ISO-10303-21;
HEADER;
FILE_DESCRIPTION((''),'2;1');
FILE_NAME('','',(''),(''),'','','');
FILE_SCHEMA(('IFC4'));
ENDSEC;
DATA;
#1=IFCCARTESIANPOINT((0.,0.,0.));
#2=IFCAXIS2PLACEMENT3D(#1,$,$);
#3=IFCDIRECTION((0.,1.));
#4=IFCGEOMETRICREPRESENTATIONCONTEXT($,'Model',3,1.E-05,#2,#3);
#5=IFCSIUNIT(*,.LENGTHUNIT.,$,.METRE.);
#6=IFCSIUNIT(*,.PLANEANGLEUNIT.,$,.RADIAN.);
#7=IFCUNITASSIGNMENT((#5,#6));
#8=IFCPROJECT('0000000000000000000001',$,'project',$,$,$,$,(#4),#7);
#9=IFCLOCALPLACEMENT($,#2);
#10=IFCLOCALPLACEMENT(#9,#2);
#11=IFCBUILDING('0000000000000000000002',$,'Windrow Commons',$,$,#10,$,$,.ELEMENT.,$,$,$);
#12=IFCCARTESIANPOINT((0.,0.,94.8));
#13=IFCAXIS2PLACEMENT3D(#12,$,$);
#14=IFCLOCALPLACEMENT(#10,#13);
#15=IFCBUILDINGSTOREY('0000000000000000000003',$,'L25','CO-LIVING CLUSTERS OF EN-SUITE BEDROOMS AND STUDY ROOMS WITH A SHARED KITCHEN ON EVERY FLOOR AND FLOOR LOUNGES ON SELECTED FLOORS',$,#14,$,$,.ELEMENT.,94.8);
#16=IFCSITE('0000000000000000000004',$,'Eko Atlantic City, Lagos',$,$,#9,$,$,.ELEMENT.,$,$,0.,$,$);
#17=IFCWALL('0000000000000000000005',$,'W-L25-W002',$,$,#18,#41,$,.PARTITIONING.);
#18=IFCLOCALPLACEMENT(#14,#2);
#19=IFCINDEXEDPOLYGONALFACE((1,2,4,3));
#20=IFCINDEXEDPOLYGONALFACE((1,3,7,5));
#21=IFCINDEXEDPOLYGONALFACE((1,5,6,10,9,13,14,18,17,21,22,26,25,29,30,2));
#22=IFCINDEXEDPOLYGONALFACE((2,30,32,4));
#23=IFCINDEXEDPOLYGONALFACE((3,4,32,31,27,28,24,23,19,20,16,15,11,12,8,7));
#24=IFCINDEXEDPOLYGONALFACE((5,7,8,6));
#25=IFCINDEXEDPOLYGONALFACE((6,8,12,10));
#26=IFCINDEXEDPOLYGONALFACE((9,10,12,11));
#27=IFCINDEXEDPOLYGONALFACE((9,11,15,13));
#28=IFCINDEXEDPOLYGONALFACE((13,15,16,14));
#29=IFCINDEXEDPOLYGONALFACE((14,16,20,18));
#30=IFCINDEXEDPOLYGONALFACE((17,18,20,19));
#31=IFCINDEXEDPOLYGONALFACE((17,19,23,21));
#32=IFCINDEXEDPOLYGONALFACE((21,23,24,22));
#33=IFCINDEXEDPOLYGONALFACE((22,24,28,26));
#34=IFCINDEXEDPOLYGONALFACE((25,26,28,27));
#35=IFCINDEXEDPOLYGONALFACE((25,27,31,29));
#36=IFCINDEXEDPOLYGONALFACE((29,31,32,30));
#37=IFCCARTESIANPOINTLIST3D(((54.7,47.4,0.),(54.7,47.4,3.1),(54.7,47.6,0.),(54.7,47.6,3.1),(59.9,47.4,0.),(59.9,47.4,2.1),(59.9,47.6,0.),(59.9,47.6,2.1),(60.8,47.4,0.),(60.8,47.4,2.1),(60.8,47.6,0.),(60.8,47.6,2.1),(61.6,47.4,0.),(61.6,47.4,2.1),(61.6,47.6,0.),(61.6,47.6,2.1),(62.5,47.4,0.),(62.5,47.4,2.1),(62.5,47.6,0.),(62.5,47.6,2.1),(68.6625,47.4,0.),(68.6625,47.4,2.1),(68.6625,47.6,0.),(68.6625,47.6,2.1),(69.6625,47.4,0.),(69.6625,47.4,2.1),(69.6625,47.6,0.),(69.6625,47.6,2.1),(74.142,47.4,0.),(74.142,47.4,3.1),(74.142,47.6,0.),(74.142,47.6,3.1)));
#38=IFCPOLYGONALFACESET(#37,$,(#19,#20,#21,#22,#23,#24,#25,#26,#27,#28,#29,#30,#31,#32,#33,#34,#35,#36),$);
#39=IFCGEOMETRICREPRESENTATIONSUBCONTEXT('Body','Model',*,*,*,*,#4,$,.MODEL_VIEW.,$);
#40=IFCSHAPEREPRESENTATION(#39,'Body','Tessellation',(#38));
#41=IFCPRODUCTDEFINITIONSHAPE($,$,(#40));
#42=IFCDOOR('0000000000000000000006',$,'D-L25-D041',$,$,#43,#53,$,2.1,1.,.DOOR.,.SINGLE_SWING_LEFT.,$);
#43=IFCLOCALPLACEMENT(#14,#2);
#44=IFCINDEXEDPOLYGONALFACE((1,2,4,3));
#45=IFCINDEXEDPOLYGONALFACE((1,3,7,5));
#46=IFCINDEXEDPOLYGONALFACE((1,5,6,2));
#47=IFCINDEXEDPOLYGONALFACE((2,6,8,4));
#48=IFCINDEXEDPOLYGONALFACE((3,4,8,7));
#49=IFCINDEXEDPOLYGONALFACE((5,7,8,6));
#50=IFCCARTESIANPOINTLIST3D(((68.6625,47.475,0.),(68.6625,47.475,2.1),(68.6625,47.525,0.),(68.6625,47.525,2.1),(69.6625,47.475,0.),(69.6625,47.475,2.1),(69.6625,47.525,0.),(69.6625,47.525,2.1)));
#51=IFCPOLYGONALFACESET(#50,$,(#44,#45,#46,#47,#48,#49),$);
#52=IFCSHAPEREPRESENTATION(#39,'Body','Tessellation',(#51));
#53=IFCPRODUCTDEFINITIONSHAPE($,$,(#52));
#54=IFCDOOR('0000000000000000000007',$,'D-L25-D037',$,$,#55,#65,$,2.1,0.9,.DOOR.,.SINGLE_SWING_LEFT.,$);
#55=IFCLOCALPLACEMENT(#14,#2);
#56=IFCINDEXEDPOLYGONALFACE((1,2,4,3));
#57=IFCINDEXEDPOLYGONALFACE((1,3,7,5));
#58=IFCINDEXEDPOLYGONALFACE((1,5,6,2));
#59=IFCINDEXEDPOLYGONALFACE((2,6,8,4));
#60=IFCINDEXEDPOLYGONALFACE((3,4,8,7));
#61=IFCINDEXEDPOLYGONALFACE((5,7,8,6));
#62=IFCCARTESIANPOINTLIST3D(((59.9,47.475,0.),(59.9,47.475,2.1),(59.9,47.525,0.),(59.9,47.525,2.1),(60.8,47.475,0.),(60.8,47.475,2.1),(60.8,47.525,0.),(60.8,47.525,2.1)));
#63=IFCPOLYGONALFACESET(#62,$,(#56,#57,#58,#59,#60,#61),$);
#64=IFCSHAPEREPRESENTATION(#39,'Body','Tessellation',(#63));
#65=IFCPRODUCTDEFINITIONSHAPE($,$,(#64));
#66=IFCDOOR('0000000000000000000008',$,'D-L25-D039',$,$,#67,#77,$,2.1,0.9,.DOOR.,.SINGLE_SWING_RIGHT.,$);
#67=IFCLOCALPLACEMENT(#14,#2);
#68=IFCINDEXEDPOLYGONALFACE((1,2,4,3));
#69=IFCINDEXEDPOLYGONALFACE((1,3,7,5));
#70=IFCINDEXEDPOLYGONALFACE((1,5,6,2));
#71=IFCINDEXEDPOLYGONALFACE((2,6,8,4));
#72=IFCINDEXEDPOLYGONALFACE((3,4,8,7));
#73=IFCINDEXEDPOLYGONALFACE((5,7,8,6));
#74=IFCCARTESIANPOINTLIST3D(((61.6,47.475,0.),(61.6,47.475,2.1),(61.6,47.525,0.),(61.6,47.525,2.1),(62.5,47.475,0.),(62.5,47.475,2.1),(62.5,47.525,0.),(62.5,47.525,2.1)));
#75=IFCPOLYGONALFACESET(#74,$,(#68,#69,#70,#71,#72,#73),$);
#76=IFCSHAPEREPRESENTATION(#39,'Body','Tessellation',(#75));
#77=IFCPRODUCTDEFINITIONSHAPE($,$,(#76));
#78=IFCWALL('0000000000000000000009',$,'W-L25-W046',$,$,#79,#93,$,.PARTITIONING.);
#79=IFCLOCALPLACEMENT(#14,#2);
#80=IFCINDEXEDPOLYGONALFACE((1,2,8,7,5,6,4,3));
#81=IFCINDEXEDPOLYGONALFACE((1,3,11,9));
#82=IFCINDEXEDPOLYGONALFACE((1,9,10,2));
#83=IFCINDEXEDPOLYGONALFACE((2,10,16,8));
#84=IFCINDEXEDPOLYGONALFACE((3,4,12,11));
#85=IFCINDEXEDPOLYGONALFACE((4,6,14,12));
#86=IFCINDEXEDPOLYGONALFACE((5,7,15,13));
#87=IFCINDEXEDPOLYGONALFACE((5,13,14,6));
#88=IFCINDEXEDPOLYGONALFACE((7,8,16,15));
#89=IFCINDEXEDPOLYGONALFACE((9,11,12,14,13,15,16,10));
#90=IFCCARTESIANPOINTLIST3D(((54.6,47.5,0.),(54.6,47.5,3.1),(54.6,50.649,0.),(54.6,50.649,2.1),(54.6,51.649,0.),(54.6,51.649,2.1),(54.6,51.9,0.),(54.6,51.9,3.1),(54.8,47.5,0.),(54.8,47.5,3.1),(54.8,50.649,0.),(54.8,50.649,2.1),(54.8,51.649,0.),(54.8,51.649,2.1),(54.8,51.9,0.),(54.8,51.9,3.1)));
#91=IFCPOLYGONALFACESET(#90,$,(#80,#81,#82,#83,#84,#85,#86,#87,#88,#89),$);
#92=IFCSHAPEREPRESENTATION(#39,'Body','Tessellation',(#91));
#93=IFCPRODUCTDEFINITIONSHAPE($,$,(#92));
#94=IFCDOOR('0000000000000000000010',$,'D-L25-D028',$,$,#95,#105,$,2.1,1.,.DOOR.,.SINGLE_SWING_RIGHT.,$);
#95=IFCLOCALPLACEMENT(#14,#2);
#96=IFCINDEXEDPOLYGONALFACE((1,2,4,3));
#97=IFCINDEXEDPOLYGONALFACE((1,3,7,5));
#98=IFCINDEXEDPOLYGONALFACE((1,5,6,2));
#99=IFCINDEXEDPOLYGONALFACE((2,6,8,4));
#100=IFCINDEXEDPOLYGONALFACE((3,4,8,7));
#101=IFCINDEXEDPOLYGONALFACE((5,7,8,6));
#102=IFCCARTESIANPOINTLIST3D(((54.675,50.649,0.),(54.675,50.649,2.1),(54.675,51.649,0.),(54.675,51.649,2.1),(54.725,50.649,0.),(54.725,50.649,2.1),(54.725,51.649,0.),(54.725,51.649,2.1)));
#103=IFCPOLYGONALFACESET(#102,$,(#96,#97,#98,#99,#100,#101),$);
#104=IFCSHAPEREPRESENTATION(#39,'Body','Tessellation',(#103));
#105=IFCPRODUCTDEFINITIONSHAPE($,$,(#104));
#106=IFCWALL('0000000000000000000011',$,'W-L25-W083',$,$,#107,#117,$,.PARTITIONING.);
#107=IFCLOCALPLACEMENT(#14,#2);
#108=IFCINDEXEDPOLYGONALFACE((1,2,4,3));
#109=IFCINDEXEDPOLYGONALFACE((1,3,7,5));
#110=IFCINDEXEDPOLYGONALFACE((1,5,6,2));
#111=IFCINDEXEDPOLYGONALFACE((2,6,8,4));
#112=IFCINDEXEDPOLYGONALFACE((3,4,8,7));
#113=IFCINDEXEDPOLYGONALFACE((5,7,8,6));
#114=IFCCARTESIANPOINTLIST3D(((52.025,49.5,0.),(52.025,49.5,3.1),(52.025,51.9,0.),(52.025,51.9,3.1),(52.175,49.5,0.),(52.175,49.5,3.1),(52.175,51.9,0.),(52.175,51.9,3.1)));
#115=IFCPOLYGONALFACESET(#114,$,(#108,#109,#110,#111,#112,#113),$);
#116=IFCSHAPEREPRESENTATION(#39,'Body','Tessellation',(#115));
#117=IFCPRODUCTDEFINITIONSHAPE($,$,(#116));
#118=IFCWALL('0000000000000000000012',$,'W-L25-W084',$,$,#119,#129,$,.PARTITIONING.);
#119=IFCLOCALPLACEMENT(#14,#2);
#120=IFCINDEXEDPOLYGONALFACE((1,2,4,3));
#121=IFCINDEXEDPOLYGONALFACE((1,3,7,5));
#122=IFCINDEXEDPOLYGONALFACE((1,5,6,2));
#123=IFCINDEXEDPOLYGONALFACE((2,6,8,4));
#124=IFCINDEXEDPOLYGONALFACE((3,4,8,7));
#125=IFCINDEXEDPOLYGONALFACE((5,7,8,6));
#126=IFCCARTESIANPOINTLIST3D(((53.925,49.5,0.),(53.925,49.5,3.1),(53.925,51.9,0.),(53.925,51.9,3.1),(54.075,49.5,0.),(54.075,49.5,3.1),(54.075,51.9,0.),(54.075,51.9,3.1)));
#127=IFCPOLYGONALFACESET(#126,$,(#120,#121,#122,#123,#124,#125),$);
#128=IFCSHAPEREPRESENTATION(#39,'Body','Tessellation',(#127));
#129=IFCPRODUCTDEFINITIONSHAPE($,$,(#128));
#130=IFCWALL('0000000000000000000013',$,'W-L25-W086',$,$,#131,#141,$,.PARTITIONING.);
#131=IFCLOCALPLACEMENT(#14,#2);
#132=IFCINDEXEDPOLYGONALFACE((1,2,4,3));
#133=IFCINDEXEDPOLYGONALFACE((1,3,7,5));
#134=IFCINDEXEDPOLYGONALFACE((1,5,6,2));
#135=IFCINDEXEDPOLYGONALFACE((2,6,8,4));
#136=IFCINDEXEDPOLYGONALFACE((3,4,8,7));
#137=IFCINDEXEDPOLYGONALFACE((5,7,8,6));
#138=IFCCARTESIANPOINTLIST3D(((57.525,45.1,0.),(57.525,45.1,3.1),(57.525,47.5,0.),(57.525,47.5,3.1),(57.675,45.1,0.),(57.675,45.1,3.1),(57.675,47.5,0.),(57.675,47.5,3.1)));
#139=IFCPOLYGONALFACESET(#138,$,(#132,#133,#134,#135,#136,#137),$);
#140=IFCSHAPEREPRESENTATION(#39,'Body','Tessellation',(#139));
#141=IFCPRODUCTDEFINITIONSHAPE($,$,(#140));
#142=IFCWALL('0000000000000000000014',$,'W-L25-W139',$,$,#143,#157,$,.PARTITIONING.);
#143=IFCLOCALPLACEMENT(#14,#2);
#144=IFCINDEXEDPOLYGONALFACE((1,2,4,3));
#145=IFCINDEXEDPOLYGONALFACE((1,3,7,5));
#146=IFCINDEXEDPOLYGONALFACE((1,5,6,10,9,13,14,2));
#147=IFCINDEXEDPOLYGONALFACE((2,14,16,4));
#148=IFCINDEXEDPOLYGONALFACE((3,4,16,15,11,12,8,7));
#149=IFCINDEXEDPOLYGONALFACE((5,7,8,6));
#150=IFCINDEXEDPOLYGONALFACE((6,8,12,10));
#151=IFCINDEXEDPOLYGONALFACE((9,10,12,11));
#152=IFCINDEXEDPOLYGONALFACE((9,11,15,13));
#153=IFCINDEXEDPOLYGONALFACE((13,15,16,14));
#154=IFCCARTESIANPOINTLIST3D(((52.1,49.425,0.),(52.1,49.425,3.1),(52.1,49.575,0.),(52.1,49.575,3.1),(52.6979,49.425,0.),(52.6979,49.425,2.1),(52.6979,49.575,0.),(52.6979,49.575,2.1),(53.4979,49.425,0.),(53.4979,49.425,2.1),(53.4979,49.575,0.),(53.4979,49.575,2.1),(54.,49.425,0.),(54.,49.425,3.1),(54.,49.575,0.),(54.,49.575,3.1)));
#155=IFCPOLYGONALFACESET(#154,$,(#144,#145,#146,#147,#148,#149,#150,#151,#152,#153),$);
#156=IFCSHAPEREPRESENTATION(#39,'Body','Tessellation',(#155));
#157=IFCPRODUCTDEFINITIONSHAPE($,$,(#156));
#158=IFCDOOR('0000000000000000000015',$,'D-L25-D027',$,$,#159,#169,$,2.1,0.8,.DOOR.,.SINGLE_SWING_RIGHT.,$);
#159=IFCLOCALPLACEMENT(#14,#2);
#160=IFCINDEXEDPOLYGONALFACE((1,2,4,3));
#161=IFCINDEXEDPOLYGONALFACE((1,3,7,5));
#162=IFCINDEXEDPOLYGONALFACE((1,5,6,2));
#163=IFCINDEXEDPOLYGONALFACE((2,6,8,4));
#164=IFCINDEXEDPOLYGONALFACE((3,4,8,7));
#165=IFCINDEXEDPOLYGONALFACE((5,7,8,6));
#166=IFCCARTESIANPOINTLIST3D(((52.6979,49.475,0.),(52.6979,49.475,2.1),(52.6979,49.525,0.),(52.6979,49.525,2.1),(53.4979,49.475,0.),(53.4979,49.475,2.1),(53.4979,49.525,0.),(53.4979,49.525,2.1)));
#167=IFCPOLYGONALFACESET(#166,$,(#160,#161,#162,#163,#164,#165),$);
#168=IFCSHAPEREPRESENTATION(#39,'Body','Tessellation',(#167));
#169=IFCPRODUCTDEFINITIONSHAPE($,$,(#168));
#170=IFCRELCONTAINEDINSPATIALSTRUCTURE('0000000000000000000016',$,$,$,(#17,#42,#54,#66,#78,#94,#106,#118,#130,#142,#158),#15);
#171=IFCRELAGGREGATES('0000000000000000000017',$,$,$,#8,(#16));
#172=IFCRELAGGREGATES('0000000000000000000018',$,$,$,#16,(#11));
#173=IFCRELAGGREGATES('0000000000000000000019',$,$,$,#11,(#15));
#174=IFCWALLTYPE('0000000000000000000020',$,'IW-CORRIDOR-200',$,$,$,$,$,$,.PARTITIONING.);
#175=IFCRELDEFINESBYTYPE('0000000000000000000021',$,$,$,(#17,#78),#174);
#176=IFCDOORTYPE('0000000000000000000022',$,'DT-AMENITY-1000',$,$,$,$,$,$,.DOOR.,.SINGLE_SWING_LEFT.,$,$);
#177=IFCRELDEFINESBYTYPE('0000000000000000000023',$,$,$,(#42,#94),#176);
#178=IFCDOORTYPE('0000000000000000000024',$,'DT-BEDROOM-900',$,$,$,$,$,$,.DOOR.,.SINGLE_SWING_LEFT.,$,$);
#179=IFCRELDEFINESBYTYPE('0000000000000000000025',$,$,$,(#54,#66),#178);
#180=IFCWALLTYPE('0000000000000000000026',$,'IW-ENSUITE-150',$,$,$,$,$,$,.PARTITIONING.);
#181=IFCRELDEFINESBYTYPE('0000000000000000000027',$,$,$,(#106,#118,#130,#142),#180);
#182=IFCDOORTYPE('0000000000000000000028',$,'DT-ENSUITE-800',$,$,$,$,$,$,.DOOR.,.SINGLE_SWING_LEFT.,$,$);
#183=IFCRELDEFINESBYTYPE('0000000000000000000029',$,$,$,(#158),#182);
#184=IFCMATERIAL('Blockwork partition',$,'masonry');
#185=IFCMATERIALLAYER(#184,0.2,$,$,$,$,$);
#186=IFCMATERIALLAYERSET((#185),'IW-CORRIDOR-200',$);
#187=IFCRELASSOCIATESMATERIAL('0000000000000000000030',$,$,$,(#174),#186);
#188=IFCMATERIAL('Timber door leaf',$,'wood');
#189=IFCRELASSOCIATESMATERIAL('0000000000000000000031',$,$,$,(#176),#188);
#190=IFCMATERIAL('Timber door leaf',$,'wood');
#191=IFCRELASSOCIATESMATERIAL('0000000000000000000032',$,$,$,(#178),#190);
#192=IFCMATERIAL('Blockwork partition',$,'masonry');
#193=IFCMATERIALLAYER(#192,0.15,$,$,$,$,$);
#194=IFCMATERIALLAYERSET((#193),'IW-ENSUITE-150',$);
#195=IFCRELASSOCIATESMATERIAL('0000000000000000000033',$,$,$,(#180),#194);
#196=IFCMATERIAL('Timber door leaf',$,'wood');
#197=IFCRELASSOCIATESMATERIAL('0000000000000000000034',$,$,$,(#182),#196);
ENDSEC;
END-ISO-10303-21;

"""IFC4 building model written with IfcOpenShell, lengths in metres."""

from ifc_helpers import new_model, si_unit, direction, frame, frame_2d, origin, place, context, subcontext, project, spatial, rectangle, extrude, material, layer, layer_set, type_object, element, fill, save


model = new_model("IFC4")

# Units and contexts
model_context = context("Model", 3, precision=1e-05, world=origin(), true_north=direction((0.0, 1.0)))
body_context = subcontext(model_context, "Body", "Model", "MODEL_VIEW")
ifc_project = project(units=[si_unit("LENGTHUNIT", "METRE"), si_unit("PLANEANGLEUNIT", "RADIAN")], contexts=[model_context])

# Site, building, storey
site_placement = place(None, origin())
site = spatial("IfcSite", under=ifc_project, at=site_placement, Name="Eko Atlantic City, Lagos", CompositionType="ELEMENT", RefElevation=0.0)
building_placement = place(site_placement, origin())
building = spatial("IfcBuilding", under=site, at=building_placement, Name="Windrow Commons", CompositionType="ELEMENT")
storey_placement = place(building_placement, frame((0.0, 0.0, 94.8)))
storey = spatial("IfcBuildingStorey", under=building, at=storey_placement, Name="L25", Description="CO-LIVING CLUSTERS OF EN-SUITE BEDROOMS AND STUDY ROOMS WITH A SHARED KITCHEN ON EVERY FLOOR AND FLOOR LOUNGES ON SELECTED FLOORS", CompositionType="ELEMENT", Elevation=94.8)

# Wall, openings, doors
ifc_material_1 = material(Name="Blockwork partition", Category="masonry")
ifc_layer_1 = layer(ifc_material_1, 0.2)
ifc_layer_set_1 = layer_set([ifc_layer_1], Name="IW-CORRIDOR-200")
wall_type_1 = type_object("IfcWallType", Name="IW-CORRIDOR-200", PredefinedType="PARTITIONING", material=ifc_layer_set_1)
wall_1_placement = place(storey_placement, frame((54.7, 47.5, 0.0), z_axis=(0.0, 0.0, 1.0), x_axis=(1.0, 0.0, 0.0)))
wall_1 = element("IfcWall", 1, at=wall_1_placement, inside=storey, type_object=wall_type_1, Name="W-L25-W002", PredefinedType="PARTITIONING", context=body_context, shape_type="SweptSolid", body=[
    extrude(rectangle(XDim=19.442, YDim=0.2, at=frame_2d((9.721, 0.0))), origin(), (0.0, 0.0, 1.0), 3.1),
])
opening_1_placement = place(wall_1_placement, frame((5.2, 0.0, 0.0)))
opening_1 = element("IfcOpeningElement", 2, at=opening_1_placement, cuts=wall_1, PredefinedType="OPENING", context=body_context, shape_type="SweptSolid", body=[
    extrude(rectangle(XDim=0.9, YDim=2.1, at=frame_2d((0.45, 1.05))), frame((0.0, 0.11, 0.0), z_axis=(0.0, -1.0, 0.0), x_axis=(1.0, 0.0, 0.0)), (0.0, 0.0, 1.0), 0.22),
])
opening_2_placement = place(wall_1_placement, frame((6.9, 0.0, 0.0)))
opening_2 = element("IfcOpeningElement", 3, at=opening_2_placement, cuts=wall_1, PredefinedType="OPENING", context=body_context, shape_type="SweptSolid", body=[
    extrude(rectangle(XDim=0.9, YDim=2.1, at=frame_2d((0.45, 1.05))), frame((0.0, 0.11, 0.0), z_axis=(0.0, -1.0, 0.0), x_axis=(1.0, 0.0, 0.0)), (0.0, 0.0, 1.0), 0.22),
])
opening_3_placement = place(wall_1_placement, frame((13.9625, 0.0, 0.0)))
opening_3 = element("IfcOpeningElement", 4, at=opening_3_placement, cuts=wall_1, PredefinedType="OPENING", context=body_context, shape_type="SweptSolid", body=[
    extrude(rectangle(XDim=1.0, YDim=2.1, at=frame_2d((0.5, 1.05))), frame((0.0, 0.11, 0.0), z_axis=(0.0, -1.0, 0.0), x_axis=(1.0, 0.0, 0.0)), (0.0, 0.0, 1.0), 0.22),
])
ifc_material_2 = material(Name="Timber door leaf", Category="wood")
door_type_1 = type_object("IfcDoorType", Name="DT-AMENITY-1000", OperationType="SINGLE_SWING_LEFT", PredefinedType="DOOR", material=ifc_material_2)
door_1_placement = place(opening_3_placement, origin())
door_1 = element("IfcDoor", 5, at=door_1_placement, inside=storey, type_object=door_type_1, Name="D-L25-D041", OperationType="SINGLE_SWING_LEFT", OverallHeight=2.1, OverallWidth=1.0, PredefinedType="DOOR", context=body_context, shape_type="SweptSolid", body=[
    extrude(rectangle(XDim=1.0, YDim=2.1, at=frame_2d((0.5, 1.05))), frame((0.0, 0.025, 0.0), z_axis=(0.0, -1.0, 0.0), x_axis=(1.0, 0.0, 0.0)), (0.0, 0.0, 1.0), 0.05),
])
fill(opening_3, door_1)
ifc_material_3 = material(Name="Timber door leaf", Category="wood")
door_type_2 = type_object("IfcDoorType", Name="DT-BEDROOM-900", OperationType="SINGLE_SWING_LEFT", PredefinedType="DOOR", material=ifc_material_3)
door_2_placement = place(opening_1_placement, origin())
door_2 = element("IfcDoor", 6, at=door_2_placement, inside=storey, type_object=door_type_2, Name="D-L25-D037", OperationType="SINGLE_SWING_LEFT", OverallHeight=2.1, OverallWidth=0.9, PredefinedType="DOOR", context=body_context, shape_type="SweptSolid", body=[
    extrude(rectangle(XDim=0.9, YDim=2.1, at=frame_2d((0.45, 1.05))), frame((0.0, 0.025, 0.0), z_axis=(0.0, -1.0, 0.0), x_axis=(1.0, 0.0, 0.0)), (0.0, 0.0, 1.0), 0.05),
])
fill(opening_1, door_2)
door_3_placement = place(opening_2_placement, origin())
door_3 = element("IfcDoor", 7, at=door_3_placement, inside=storey, type_object=door_type_2, Name="D-L25-D039", OperationType="SINGLE_SWING_RIGHT", OverallHeight=2.1, OverallWidth=0.9, PredefinedType="DOOR", context=body_context, shape_type="SweptSolid", body=[
    extrude(rectangle(XDim=0.9, YDim=2.1, at=frame_2d((0.45, 1.05))), frame((0.0, 0.025, 0.0), z_axis=(0.0, -1.0, 0.0), x_axis=(1.0, 0.0, 0.0)), (0.0, 0.0, 1.0), 0.05),
])
fill(opening_2, door_3)

# Wall, opening, door
wall_2_placement = place(storey_placement, frame((54.7, 47.5, 0.0), z_axis=(0.0, 0.0, 1.0), x_axis=(0.0, 1.0, 0.0)))
wall_2 = element("IfcWall", 8, at=wall_2_placement, inside=storey, type_object=wall_type_1, Name="W-L25-W046", PredefinedType="PARTITIONING", context=body_context, shape_type="SweptSolid", body=[
    extrude(rectangle(XDim=4.4, YDim=0.2, at=frame_2d((2.2, 0.0))), origin(), (0.0, 0.0, 1.0), 3.1),
])
opening_4_placement = place(wall_2_placement, frame((3.149, 0.0, 0.0)))
opening_4 = element("IfcOpeningElement", 9, at=opening_4_placement, cuts=wall_2, PredefinedType="OPENING", context=body_context, shape_type="SweptSolid", body=[
    extrude(rectangle(XDim=1.0, YDim=2.1, at=frame_2d((0.5, 1.05))), frame((0.0, 0.11, 0.0), z_axis=(0.0, -1.0, 0.0), x_axis=(1.0, 0.0, 0.0)), (0.0, 0.0, 1.0), 0.22),
])
door_4_placement = place(opening_4_placement, origin())
door_4 = element("IfcDoor", 10, at=door_4_placement, inside=storey, type_object=door_type_1, Name="D-L25-D028", OperationType="SINGLE_SWING_RIGHT", OverallHeight=2.1, OverallWidth=1.0, PredefinedType="DOOR", context=body_context, shape_type="SweptSolid", body=[
    extrude(rectangle(XDim=1.0, YDim=2.1, at=frame_2d((0.5, 1.05))), frame((0.0, 0.025, 0.0), z_axis=(0.0, -1.0, 0.0), x_axis=(1.0, 0.0, 0.0)), (0.0, 0.0, 1.0), 0.05),
])
fill(opening_4, door_4)

# Walls
ifc_material_4 = material(Name="Blockwork partition", Category="masonry")
ifc_layer_2 = layer(ifc_material_4, 0.15)
ifc_layer_set_2 = layer_set([ifc_layer_2], Name="IW-ENSUITE-150")
wall_type_2 = type_object("IfcWallType", Name="IW-ENSUITE-150", PredefinedType="PARTITIONING", material=ifc_layer_set_2)
for number, where, z_axis, x_axis, name in (
    (11, (52.1, 49.5, 0.0), (0.0, 0.0, 1.0), (0.0, 1.0, 0.0), "W-L25-W083"),
    (12, (54.0, 49.5, 0.0), (0.0, 0.0, 1.0), (0.0, 1.0, 0.0), "W-L25-W084"),
    (13, (57.6, 45.1, 0.0), (0.0, 0.0, 1.0), (0.0, 1.0, 0.0), "W-L25-W086"),
):
    element("IfcWall", number, at=place(storey_placement, frame(where, z_axis=z_axis, x_axis=x_axis)), inside=storey, type_object=wall_type_2, Name=name, PredefinedType="PARTITIONING", context=body_context, shape_type="SweptSolid", body=[
        extrude(rectangle(XDim=2.4, YDim=0.15, at=frame_2d((1.2, 0.0))), origin(), (0.0, 0.0, 1.0), 3.1),
    ])

# Wall, opening, door
wall_3_placement = place(storey_placement, frame((52.1, 49.5, 0.0), z_axis=(0.0, 0.0, 1.0), x_axis=(1.0, 0.0, 0.0)))
wall_3 = element("IfcWall", 14, at=wall_3_placement, inside=storey, type_object=wall_type_2, Name="W-L25-W139", PredefinedType="PARTITIONING", context=body_context, shape_type="SweptSolid", body=[
    extrude(rectangle(XDim=1.9, YDim=0.15, at=frame_2d((0.95, 0.0))), origin(), (0.0, 0.0, 1.0), 3.1),
])
opening_5_placement = place(wall_3_placement, frame((0.5979, 0.0, 0.0)))
opening_5 = element("IfcOpeningElement", 15, at=opening_5_placement, cuts=wall_3, PredefinedType="OPENING", context=body_context, shape_type="SweptSolid", body=[
    extrude(rectangle(XDim=0.8, YDim=2.1, at=frame_2d((0.4, 1.05))), frame((0.0, 0.085, 0.0), z_axis=(0.0, -1.0, 0.0), x_axis=(1.0, 0.0, 0.0)), (0.0, 0.0, 1.0), 0.17),
])
ifc_material_5 = material(Name="Timber door leaf", Category="wood")
door_type_3 = type_object("IfcDoorType", Name="DT-ENSUITE-800", OperationType="SINGLE_SWING_LEFT", PredefinedType="DOOR", material=ifc_material_5)
door_5_placement = place(opening_5_placement, origin())
door_5 = element("IfcDoor", 16, at=door_5_placement, inside=storey, type_object=door_type_3, Name="D-L25-D027", OperationType="SINGLE_SWING_RIGHT", OverallHeight=2.1, OverallWidth=0.8, PredefinedType="DOOR", context=body_context, shape_type="SweptSolid", body=[
    extrude(rectangle(XDim=0.8, YDim=2.1, at=frame_2d((0.4, 1.05))), frame((0.0, 0.025, 0.0), z_axis=(0.0, -1.0, 0.0), x_axis=(1.0, 0.0, 0.0)), (0.0, 0.0, 1.0), 0.05),
])
fill(opening_5, door_5)

save(model, "model.ifc")
